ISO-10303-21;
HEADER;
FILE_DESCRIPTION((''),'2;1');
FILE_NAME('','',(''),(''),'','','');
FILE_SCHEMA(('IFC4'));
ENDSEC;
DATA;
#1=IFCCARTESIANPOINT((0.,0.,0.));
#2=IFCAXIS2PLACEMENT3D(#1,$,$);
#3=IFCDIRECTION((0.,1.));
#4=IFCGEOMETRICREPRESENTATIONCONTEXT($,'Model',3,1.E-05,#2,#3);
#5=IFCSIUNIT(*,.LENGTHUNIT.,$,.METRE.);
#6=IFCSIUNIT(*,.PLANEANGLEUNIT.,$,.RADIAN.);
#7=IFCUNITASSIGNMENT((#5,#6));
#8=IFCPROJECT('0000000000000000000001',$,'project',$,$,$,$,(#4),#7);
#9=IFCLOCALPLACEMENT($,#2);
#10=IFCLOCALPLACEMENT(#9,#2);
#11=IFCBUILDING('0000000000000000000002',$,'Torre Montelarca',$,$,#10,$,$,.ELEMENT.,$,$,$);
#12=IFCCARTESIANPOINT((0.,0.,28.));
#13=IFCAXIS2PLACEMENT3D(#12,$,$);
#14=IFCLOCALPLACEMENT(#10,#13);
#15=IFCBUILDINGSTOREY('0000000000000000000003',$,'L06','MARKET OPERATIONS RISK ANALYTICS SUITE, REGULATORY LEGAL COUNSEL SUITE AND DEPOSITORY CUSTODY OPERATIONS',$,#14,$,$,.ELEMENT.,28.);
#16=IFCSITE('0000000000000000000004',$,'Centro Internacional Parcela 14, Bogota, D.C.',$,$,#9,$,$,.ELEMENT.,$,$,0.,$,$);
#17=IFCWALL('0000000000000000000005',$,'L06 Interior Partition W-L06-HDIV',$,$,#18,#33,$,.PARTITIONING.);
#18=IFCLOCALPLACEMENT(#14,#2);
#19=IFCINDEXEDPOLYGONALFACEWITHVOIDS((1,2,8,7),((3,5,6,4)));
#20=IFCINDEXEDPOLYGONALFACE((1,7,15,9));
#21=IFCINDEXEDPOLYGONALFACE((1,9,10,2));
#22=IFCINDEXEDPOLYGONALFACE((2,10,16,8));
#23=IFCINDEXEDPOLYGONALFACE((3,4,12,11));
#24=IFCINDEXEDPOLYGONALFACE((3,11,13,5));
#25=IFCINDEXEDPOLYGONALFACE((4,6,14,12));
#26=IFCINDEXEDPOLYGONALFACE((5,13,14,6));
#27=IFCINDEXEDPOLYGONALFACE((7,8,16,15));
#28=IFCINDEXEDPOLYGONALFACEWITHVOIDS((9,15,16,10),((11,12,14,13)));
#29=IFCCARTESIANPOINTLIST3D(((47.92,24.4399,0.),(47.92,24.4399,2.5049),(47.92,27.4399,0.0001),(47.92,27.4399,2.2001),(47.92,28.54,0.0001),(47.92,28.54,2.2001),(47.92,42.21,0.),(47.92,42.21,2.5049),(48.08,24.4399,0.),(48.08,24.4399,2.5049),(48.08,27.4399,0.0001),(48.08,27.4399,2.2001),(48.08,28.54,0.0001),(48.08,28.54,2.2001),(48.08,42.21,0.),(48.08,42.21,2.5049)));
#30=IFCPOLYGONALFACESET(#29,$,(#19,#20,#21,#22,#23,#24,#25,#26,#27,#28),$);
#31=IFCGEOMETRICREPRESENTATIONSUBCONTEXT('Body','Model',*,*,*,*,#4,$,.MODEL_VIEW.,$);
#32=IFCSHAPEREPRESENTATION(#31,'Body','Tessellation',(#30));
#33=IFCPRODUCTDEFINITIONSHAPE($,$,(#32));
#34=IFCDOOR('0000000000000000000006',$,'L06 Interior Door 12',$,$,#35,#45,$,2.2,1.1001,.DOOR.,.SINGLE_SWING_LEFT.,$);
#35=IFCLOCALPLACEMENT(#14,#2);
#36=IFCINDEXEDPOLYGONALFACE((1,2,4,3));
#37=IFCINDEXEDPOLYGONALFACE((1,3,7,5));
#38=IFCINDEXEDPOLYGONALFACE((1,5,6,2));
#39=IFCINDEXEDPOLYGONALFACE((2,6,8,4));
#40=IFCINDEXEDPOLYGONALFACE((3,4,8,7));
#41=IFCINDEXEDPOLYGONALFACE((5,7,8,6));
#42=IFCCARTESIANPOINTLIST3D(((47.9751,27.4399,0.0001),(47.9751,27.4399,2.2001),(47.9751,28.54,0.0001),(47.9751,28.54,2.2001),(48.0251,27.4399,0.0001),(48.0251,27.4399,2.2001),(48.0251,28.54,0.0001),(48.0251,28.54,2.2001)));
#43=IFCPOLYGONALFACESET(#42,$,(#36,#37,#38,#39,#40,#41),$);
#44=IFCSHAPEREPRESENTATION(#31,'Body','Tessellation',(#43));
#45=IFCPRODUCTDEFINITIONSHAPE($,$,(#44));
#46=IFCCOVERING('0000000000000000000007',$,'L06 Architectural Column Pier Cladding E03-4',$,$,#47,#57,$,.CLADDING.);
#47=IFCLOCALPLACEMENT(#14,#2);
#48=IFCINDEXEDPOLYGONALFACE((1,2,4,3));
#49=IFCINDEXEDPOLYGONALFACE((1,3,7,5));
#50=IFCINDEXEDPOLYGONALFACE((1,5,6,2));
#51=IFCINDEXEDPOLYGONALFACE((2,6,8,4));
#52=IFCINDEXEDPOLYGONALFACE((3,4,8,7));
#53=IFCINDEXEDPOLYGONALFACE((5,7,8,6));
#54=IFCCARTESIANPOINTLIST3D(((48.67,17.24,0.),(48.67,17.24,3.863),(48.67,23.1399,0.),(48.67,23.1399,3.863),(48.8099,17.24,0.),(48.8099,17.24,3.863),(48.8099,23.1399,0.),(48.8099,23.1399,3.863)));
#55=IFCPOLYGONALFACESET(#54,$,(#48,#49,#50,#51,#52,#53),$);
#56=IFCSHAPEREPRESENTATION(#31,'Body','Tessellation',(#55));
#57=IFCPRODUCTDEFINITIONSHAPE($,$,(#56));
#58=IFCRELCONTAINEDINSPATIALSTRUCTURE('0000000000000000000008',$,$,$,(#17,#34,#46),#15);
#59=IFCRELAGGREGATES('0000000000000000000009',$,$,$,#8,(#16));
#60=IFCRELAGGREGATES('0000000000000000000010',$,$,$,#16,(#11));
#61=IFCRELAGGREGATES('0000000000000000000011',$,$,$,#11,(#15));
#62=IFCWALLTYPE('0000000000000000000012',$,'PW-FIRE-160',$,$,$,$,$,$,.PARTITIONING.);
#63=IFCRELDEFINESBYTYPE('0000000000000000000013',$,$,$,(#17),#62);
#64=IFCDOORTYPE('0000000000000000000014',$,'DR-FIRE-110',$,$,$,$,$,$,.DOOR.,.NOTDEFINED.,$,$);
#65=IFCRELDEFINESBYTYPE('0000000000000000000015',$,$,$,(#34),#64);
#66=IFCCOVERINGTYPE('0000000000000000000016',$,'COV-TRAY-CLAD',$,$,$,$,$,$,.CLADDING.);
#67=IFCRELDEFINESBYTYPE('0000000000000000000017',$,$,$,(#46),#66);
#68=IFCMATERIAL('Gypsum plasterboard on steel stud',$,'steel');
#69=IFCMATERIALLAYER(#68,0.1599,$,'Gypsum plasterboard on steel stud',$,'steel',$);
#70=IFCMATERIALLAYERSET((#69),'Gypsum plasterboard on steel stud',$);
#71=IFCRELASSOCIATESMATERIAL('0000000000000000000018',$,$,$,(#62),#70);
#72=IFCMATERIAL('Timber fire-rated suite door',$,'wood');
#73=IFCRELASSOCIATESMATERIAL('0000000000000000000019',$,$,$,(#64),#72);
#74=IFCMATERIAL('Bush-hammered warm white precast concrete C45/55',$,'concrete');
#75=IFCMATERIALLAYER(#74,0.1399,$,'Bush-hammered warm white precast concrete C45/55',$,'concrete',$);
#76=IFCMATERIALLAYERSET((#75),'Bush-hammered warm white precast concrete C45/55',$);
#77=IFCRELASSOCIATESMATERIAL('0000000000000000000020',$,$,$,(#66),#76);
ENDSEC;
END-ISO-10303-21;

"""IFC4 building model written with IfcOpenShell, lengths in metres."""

from ifc_helpers import new_model, si_unit, direction, frame, frame_2d, origin, origin_2d, place, context, subcontext, project, spatial, rectangle, extrude, source, transform, mapped, material, layer, layer_set, type_object, element, fill, save


model = new_model("IFC4")

# Units and contexts
model_context = context("Model", 3, precision=1e-05, world=origin(), true_north=direction((0.0, 1.0)))
body_context = subcontext(model_context, "Body", "Model", "MODEL_VIEW")
ifc_project = project(units=[si_unit("LENGTHUNIT", "METRE"), si_unit("PLANEANGLEUNIT", "RADIAN")], contexts=[model_context])

# Site, building, storey
site_placement = place(None, origin())
site = spatial("IfcSite", under=ifc_project, at=site_placement, Name="Centro Internacional Parcela 14, Bogota, D.C.", CompositionType="ELEMENT", RefElevation=0.0)
building_placement = place(site_placement, origin())
building = spatial("IfcBuilding", under=site, at=building_placement, Name="Torre Montelarca", CompositionType="ELEMENT")
storey_placement = place(building_placement, frame((0.0, 0.0, 28.0)))
storey = spatial("IfcBuildingStorey", under=building, at=storey_placement, Name="L06", Description="MARKET OPERATIONS RISK ANALYTICS SUITE, REGULATORY LEGAL COUNSEL SUITE AND DEPOSITORY CUSTODY OPERATIONS", CompositionType="ELEMENT", Elevation=28.0)

# Shared definitions
ifc_material_1 = material(Name="Gypsum plasterboard on steel stud", Category="steel")
ifc_layer_1 = layer(ifc_material_1, 0.1599, Name="Gypsum plasterboard on steel stud", Category="steel")
ifc_layer_set_1 = layer_set([ifc_layer_1], Name="Gypsum plasterboard on steel stud")
wall_type = type_object("IfcWallType", Name="PW-FIRE-160", PredefinedType="PARTITIONING", material=ifc_layer_set_1)

# Wall, opening, door
wall_1_placement = place(storey_placement, frame((48.0, 24.4399, 0.0), z_axis=(0.0, 0.0, 1.0), x_axis=(0.0, 1.0, 0.0)))
wall_1 = element("IfcWall", 1, at=wall_1_placement, inside=storey, type_object=wall_type, Name="L06 Interior Partition W-L06-HDIV", PredefinedType="PARTITIONING", context=body_context, shape_type="SweptSolid", body=[
    extrude(rectangle(XDim=17.77, YDim=0.1599, at=frame_2d((8.885, 0.0))), origin(), (0.0, 0.0, 1.0), 2.5049),
])
opening_placement = place(wall_1_placement, frame((3.0, 0.0, 0.0)))
opening = element("IfcOpeningElement", 2, at=opening_placement, cuts=wall_1, PredefinedType="OPENING", context=body_context, shape_type="SweptSolid", body=[
    extrude(rectangle(XDim=1.1001, YDim=2.2, at=frame_2d((0.55, 1.1001))), frame((0.0, 0.0898, 0.0), z_axis=(0.0, -1.0, 0.0), x_axis=(1.0, 0.0, 0.0)), (0.0, 0.0, 1.0), 0.1799),
])
ifc_material_2 = material(Name="Timber fire-rated suite door", Category="wood")
door_type = type_object("IfcDoorType", Name="DR-FIRE-110", OperationType="NOTDEFINED", PredefinedType="DOOR", material=ifc_material_2)
shared_shape_1 = source(origin(), body_context, "Body", "SweptSolid", [
    extrude(rectangle(XDim=1.1001, YDim=2.2, at=frame_2d((0.55, 1.1001))), frame((0.0, 0.0249, 0.0), z_axis=(0.0, -1.0, 0.0), x_axis=(1.0, 0.0, 0.0)), (0.0, 0.0, 1.0), 0.05),
])
door_placement = place(opening_placement, origin())
door = element("IfcDoor", 3, at=door_placement, inside=storey, type_object=door_type, Name="L06 Interior Door 12", OperationType="SINGLE_SWING_LEFT", OverallHeight=2.2, OverallWidth=1.1001, PredefinedType="DOOR", context=body_context, shape_type="MappedRepresentation", body=[
    mapped(shared_shape_1, transform((0.0, 0.0, 0.0), scale=1.0)),
])
fill(opening, door)

# Covering
ifc_material_3 = material(Name="Bush-hammered warm white precast concrete C45/55", Category="concrete")
ifc_layer_2 = layer(ifc_material_3, 0.1399, Name="Bush-hammered warm white precast concrete C45/55", Category="concrete")
ifc_layer_set_2 = layer_set([ifc_layer_2], Name="Bush-hammered warm white precast concrete C45/55")
covering_type = type_object("IfcCoveringType", Name="COV-TRAY-CLAD", PredefinedType="CLADDING", material=ifc_layer_set_2)
shared_shape_2 = source(origin(), body_context, "Body", "SweptSolid", [
    extrude(rectangle(XDim=5.8999, YDim=0.1399, at=origin_2d()), origin(), (0.0, 0.0, 1.0), 3.863),
])
covering_placement = place(storey_placement, frame((48.74, 20.1899, 0.0), z_axis=(0.0, 0.0, 1.0), x_axis=(0.0, 1.0, 0.0)))
element("IfcCovering", 4, at=covering_placement, inside=storey, type_object=covering_type, Name="L06 Architectural Column Pier Cladding E03-4", PredefinedType="CLADDING", context=body_context, shape_type="MappedRepresentation", body=[
    mapped(shared_shape_2, transform((0.0, 0.0, 0.0), scale=1.0)),
])

save(model, "model.ifc")
